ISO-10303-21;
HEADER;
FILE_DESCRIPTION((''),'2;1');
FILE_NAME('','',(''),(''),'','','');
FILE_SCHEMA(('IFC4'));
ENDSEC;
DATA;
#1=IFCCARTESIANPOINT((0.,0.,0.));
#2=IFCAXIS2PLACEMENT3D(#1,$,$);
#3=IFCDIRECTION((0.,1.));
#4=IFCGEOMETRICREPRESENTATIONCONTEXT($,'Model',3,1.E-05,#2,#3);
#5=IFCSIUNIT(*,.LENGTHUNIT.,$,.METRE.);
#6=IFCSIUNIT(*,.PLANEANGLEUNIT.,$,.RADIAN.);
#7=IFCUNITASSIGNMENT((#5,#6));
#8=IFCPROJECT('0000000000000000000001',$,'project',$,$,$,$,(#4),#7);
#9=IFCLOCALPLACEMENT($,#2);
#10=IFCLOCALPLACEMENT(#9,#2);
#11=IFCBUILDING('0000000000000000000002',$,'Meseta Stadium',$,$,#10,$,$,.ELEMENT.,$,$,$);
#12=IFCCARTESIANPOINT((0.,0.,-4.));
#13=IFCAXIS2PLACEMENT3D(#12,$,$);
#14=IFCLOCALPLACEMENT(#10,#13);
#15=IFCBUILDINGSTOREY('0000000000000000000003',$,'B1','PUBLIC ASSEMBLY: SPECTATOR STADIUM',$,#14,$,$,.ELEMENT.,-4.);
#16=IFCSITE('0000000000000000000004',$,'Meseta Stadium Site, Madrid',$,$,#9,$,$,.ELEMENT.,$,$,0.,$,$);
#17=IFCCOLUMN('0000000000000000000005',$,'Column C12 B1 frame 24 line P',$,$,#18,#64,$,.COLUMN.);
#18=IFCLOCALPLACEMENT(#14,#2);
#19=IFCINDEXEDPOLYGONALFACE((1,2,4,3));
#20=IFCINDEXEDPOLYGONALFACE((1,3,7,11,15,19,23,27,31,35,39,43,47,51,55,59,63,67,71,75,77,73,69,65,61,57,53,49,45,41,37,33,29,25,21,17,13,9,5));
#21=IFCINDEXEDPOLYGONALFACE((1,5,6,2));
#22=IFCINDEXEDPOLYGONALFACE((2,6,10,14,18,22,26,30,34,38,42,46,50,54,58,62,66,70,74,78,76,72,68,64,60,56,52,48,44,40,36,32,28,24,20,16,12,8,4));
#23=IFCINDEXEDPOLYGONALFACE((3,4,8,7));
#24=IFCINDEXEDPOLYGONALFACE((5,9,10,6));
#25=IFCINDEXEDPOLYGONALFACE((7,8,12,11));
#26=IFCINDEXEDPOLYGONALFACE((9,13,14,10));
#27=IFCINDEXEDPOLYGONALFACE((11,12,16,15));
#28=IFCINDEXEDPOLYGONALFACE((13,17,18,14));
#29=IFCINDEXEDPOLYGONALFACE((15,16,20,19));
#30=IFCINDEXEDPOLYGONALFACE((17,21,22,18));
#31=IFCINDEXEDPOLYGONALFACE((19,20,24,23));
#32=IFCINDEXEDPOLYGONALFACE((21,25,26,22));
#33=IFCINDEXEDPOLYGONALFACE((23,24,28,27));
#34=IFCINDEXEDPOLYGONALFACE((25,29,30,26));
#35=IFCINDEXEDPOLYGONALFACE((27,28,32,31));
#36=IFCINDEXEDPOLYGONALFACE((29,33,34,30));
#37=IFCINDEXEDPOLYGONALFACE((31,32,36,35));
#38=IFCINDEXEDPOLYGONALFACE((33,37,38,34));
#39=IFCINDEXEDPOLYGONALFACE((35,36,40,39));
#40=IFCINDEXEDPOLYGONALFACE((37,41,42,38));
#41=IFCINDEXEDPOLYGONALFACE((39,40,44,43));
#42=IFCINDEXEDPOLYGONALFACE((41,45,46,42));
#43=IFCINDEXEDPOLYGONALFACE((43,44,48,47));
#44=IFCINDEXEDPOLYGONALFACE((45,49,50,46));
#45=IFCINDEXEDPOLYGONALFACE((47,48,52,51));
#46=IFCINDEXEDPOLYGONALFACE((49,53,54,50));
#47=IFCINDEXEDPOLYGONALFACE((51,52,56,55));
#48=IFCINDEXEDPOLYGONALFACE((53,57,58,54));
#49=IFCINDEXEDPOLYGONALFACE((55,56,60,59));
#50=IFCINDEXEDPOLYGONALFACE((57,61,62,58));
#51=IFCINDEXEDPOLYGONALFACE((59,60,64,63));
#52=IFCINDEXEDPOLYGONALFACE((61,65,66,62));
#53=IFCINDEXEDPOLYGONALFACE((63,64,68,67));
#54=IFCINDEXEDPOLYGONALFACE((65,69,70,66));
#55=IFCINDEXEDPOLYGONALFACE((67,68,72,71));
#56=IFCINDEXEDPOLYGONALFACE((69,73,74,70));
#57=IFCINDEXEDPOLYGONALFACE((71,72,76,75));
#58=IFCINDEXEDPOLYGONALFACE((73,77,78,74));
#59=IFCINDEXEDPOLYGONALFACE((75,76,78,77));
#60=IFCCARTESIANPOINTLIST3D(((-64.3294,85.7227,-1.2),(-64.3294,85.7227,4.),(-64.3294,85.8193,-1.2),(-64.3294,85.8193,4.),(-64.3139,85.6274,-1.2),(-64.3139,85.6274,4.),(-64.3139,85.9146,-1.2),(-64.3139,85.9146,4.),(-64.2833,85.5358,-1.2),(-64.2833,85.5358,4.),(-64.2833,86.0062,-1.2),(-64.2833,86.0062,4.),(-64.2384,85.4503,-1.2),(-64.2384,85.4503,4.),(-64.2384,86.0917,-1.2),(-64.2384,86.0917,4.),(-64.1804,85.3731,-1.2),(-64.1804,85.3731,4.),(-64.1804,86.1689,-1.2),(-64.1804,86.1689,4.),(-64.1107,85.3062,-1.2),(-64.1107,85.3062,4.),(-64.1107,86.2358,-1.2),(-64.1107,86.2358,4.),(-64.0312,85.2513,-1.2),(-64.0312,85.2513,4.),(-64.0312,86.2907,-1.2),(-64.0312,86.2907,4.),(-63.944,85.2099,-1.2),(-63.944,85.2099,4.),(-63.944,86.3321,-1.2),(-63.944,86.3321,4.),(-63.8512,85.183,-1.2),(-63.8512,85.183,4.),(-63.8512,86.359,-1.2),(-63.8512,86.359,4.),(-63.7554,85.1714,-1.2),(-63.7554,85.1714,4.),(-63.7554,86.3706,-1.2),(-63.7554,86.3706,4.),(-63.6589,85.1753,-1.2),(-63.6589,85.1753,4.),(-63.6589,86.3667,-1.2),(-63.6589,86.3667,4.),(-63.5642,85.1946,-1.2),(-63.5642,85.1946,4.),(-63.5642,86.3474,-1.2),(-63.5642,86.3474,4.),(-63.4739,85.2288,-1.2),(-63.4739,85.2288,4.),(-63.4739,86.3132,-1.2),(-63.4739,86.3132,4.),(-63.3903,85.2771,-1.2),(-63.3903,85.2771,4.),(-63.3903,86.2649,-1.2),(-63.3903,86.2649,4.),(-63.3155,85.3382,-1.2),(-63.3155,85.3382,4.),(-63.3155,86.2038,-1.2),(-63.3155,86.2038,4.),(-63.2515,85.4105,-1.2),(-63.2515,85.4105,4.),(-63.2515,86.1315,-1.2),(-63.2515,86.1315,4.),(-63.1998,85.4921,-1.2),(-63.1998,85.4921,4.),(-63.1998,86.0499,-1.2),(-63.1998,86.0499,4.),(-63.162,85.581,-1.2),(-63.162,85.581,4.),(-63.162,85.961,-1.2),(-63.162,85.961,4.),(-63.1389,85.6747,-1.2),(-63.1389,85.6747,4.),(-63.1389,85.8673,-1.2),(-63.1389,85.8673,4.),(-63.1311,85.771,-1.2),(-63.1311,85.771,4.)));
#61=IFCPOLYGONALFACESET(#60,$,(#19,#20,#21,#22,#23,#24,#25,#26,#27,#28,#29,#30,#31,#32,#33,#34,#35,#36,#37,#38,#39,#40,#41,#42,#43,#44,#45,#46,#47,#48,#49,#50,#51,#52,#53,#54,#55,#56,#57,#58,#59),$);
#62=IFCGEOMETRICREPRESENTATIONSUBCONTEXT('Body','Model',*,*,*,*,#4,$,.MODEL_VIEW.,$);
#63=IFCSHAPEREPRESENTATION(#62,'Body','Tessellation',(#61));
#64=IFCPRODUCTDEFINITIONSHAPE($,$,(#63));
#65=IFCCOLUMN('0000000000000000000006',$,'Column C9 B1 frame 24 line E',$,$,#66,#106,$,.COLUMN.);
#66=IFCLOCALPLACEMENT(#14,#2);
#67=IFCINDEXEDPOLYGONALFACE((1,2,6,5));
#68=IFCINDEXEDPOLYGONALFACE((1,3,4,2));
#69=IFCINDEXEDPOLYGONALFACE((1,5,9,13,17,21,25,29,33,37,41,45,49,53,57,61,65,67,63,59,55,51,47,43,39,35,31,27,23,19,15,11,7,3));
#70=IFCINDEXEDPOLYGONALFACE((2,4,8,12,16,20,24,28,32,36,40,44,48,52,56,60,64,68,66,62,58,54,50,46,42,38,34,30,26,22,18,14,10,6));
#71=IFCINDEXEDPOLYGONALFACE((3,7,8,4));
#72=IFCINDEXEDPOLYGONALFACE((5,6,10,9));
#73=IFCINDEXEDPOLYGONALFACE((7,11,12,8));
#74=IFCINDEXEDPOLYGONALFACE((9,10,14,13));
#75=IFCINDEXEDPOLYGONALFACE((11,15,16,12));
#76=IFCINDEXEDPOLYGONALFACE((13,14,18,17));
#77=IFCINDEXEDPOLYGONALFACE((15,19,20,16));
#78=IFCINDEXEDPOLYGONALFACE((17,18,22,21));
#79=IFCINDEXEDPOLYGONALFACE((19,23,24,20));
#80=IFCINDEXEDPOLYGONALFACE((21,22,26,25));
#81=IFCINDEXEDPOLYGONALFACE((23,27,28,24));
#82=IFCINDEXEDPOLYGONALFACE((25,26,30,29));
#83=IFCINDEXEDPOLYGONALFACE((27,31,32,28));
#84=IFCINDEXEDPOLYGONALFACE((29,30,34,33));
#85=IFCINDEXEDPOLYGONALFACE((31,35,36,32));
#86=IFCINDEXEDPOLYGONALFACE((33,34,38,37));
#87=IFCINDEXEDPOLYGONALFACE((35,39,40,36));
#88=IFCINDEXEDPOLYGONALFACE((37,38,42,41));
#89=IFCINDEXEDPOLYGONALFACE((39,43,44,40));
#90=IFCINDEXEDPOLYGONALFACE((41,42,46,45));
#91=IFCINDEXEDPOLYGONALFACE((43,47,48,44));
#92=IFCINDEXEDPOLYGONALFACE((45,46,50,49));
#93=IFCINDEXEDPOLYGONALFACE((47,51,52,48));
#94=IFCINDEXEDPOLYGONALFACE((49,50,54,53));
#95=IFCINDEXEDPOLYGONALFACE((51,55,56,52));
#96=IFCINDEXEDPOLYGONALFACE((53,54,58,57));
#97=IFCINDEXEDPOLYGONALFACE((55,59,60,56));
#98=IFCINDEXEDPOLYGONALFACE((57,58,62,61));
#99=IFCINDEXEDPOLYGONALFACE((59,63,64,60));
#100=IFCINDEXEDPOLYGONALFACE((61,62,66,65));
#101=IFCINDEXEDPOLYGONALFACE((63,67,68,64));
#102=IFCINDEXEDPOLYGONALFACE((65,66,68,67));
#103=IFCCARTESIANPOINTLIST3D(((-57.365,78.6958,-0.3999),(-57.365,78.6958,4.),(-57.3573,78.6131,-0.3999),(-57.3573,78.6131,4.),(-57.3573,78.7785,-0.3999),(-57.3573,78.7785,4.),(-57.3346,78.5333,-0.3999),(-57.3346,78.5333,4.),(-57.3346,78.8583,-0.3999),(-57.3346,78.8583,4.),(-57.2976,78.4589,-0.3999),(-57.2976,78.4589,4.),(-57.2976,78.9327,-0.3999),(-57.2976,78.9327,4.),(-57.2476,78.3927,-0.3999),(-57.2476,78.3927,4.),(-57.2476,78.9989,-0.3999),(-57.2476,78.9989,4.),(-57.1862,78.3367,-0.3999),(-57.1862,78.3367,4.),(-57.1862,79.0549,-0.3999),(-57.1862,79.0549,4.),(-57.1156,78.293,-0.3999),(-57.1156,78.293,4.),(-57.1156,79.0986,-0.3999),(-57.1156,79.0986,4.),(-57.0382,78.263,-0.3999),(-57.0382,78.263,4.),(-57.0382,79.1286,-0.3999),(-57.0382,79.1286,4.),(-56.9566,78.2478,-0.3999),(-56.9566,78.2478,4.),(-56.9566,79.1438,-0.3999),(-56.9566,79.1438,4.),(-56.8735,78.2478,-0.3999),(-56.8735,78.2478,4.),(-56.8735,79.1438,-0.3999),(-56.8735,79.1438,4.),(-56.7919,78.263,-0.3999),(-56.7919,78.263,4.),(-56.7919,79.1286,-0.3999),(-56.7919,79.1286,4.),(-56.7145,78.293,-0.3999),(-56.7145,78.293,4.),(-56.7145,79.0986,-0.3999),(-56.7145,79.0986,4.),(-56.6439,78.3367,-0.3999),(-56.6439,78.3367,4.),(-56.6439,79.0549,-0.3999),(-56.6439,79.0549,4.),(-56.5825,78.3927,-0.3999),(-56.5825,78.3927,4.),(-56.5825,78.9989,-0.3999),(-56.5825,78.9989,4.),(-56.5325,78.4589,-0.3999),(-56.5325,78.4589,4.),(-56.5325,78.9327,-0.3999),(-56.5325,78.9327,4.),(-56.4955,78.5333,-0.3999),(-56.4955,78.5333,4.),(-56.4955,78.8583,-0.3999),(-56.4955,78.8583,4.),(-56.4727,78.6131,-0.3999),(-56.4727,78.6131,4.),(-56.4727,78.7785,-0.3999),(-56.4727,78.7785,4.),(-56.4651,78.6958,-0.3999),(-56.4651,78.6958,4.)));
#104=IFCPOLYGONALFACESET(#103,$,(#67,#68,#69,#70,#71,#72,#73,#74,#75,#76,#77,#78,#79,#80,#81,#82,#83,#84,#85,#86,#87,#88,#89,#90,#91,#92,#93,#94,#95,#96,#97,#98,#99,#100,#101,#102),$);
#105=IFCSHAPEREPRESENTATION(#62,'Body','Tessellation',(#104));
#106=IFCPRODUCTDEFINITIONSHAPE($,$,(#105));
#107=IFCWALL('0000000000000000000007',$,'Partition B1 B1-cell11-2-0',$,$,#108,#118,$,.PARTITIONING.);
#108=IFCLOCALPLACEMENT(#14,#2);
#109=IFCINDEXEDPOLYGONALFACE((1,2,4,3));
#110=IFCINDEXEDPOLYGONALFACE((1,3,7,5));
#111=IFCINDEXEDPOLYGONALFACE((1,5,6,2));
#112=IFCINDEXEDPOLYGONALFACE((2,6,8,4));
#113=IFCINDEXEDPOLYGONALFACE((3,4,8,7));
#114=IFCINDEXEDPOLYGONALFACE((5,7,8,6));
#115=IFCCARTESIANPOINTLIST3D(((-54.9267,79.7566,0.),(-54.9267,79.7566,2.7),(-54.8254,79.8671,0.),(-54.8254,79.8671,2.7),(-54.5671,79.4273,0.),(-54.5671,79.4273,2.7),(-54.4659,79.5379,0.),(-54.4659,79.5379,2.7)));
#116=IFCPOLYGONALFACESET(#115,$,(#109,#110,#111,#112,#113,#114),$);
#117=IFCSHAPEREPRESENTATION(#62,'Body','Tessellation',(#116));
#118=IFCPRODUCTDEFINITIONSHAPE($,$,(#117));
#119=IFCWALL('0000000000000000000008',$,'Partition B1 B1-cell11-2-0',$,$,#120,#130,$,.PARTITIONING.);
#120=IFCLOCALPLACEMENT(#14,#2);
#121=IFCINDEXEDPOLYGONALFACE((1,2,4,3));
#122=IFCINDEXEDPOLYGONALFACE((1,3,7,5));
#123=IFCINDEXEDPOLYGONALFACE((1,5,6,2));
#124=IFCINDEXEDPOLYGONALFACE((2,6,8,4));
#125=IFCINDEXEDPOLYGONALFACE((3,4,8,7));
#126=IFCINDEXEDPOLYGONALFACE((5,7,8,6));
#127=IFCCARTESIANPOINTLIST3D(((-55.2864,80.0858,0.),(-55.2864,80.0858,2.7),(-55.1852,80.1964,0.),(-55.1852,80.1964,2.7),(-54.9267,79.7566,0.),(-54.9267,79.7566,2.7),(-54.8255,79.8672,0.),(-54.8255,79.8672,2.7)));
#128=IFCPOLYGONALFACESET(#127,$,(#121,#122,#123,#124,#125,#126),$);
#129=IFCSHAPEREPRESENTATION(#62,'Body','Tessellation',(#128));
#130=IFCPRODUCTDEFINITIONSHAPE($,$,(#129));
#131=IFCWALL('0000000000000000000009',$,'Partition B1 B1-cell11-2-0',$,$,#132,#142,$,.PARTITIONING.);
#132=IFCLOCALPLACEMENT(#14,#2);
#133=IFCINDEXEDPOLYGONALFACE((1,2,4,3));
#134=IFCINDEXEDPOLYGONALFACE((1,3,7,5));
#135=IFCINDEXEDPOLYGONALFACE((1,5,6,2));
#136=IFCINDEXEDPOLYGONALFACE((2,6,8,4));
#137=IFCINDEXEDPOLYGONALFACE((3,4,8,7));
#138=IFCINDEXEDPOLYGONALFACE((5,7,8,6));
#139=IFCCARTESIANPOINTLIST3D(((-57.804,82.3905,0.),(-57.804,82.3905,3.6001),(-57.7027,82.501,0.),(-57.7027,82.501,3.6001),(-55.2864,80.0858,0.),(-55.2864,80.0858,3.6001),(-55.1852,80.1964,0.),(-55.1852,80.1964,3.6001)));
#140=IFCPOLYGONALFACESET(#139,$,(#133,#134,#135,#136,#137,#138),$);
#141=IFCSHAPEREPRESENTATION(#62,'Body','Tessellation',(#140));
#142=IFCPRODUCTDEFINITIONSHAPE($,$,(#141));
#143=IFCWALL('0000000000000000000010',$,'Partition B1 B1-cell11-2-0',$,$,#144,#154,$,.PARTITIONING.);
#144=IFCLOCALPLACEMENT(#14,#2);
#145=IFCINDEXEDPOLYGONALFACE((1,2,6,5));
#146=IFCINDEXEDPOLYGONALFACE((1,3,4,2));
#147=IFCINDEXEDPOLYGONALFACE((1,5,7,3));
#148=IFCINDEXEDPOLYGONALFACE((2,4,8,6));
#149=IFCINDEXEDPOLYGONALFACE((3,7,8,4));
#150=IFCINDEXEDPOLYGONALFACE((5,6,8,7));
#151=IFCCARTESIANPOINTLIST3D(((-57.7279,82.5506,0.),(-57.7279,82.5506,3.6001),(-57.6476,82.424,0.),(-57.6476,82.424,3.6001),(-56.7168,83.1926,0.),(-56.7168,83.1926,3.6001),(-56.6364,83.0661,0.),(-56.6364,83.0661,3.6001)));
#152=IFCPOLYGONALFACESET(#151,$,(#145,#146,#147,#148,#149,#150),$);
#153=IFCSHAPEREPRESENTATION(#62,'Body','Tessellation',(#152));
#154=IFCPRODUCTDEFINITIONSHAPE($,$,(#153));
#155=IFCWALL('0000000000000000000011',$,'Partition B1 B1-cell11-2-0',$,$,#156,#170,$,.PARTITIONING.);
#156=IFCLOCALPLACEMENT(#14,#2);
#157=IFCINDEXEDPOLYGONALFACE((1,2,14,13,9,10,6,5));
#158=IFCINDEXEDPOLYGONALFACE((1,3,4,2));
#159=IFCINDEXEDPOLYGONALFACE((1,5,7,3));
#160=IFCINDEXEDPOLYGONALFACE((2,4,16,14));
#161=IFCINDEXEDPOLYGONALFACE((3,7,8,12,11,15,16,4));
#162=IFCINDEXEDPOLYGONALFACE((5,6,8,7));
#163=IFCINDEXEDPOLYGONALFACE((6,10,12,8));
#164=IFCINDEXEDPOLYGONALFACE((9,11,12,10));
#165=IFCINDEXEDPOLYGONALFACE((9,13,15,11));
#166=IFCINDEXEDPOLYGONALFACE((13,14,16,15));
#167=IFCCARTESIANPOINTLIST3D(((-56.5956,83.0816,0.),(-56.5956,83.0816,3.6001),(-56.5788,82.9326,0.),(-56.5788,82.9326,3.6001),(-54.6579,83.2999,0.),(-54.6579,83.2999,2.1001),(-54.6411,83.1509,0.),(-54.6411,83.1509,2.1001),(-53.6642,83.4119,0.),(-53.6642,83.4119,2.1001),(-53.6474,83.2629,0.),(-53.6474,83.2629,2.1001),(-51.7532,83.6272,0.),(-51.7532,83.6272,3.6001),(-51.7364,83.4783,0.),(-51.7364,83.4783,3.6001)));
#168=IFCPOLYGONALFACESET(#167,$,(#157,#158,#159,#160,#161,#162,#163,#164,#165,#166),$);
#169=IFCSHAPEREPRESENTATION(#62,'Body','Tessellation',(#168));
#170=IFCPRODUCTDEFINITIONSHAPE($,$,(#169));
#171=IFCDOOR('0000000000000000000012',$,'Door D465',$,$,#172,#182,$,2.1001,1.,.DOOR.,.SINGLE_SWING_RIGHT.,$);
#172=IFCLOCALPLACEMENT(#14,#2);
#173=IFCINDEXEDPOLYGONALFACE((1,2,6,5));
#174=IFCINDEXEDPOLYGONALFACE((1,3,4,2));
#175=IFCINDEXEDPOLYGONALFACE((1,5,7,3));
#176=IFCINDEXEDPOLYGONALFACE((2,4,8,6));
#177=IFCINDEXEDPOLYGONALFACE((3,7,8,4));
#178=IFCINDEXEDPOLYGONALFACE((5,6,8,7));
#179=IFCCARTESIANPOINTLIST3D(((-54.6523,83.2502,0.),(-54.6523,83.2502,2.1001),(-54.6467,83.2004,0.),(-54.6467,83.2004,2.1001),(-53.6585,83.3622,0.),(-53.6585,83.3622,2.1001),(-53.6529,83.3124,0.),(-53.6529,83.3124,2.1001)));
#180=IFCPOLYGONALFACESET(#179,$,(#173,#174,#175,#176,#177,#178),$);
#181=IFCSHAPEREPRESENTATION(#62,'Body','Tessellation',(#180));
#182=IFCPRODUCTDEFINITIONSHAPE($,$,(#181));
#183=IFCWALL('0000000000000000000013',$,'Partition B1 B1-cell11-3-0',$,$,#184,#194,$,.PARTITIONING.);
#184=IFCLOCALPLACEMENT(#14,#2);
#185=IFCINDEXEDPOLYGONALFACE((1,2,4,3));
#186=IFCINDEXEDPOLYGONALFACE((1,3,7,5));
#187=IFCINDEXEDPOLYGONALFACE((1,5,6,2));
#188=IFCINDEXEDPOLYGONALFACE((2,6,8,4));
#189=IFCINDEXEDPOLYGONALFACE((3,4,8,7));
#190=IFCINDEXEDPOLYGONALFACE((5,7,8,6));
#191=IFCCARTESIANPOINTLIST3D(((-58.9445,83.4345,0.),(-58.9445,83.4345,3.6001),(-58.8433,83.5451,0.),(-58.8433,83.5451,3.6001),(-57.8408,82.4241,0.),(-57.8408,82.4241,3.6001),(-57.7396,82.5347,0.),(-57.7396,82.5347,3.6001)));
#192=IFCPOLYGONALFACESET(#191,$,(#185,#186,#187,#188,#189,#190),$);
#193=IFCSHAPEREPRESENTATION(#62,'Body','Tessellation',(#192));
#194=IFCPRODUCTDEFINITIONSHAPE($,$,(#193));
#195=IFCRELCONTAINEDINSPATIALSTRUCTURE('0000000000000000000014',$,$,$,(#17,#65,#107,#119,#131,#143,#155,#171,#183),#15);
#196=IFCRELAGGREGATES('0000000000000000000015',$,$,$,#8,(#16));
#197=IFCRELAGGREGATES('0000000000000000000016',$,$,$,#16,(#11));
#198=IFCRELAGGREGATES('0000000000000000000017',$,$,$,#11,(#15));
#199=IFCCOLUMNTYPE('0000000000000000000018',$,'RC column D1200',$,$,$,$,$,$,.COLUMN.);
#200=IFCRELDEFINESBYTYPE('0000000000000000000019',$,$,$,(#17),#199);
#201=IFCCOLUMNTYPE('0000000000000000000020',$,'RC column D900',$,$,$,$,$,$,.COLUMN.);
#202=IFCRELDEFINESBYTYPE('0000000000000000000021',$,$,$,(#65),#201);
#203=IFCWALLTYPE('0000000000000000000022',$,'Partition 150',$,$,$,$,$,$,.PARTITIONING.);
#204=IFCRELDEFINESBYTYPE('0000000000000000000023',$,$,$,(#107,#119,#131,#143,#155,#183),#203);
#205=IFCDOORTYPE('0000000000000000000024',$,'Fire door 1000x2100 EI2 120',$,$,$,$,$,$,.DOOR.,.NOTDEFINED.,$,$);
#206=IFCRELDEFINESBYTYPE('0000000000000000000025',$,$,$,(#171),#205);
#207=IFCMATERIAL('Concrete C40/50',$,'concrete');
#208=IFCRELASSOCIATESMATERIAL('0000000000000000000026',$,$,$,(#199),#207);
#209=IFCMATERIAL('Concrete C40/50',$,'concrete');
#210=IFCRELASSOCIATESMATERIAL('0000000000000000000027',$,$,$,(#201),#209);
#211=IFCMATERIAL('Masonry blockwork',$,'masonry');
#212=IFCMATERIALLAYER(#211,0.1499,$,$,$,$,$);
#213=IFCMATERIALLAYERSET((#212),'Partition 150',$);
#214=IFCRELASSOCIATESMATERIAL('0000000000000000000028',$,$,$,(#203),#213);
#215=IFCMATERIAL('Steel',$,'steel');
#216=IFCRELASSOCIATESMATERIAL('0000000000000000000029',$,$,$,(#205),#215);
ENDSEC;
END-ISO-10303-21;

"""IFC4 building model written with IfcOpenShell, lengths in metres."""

from ifc_helpers import new_model, si_unit, direction, frame, frame_2d, origin, origin_2d, place, context, subcontext, project, spatial, rectangle, circle, extrude, material, layer, layer_set, material_profile, profile_set, type_object, element, fill, save


model = new_model("IFC4")

# Units and contexts
model_context = context("Model", 3, precision=1e-05, world=origin(), true_north=direction((0.0, 1.0)))
body_context = subcontext(model_context, "Body", "Model", "MODEL_VIEW")
ifc_project = project(units=[si_unit("LENGTHUNIT", "METRE"), si_unit("PLANEANGLEUNIT", "RADIAN")], contexts=[model_context])

# Site, building, storey
site_placement = place(None, origin())
site = spatial("IfcSite", under=ifc_project, at=site_placement, Name="Meseta Stadium Site, Madrid", CompositionType="ELEMENT", RefElevation=0.0)
building_placement = place(site_placement, origin())
building = spatial("IfcBuilding", under=site, at=building_placement, Name="Meseta Stadium", CompositionType="ELEMENT")
storey_placement = place(building_placement, frame((0.0, 0.0, -4.0)))
storey = spatial("IfcBuildingStorey", under=building, at=storey_placement, Name="B1", Description="PUBLIC ASSEMBLY: SPECTATOR STADIUM", CompositionType="ELEMENT", Elevation=-4.0)

# Columns
ifc_material_1 = material(Name="Concrete C40/50", Category="concrete")
ifc_material_profile_1 = material_profile(ifc_material_1, circle(Radius=0.6001, at=origin_2d()), Name="RC D1200")
ifc_profile_set_1 = profile_set([ifc_material_profile_1], Name="Concrete C40/50")
column_type_1 = type_object("IfcColumnType", Name="RC column D1200", PredefinedType="COLUMN", material=ifc_profile_set_1)
column_1_placement = place(storey_placement, frame((-63.7312, 85.771, -1.2), z_axis=(0.0, 0.0, 1.0), x_axis=(1.0, 0.0, 0.0)))
element("IfcColumn", 1, at=column_1_placement, inside=storey, type_object=column_type_1, Name="Column C12 B1 frame 24 line P", PredefinedType="COLUMN", context=body_context, shape_type="SweptSolid", body=[
    extrude(circle(Radius=0.6001, at=origin_2d()), origin(), (0.0, 0.0, 1.0), 5.2),
])
ifc_material_2 = material(Name="Concrete C40/50", Category="concrete")
ifc_material_profile_2 = material_profile(ifc_material_2, circle(Radius=0.45, at=origin_2d()), Name="RC D900")
ifc_profile_set_2 = profile_set([ifc_material_profile_2], Name="Concrete C40/50")
column_type_2 = type_object("IfcColumnType", Name="RC column D900", PredefinedType="COLUMN", material=ifc_profile_set_2)
column_2_placement = place(storey_placement, frame((-56.915, 78.6958, -0.3999), z_axis=(0.0, 0.0, 1.0), x_axis=(1.0, 0.0, 0.0)))
element("IfcColumn", 2, at=column_2_placement, inside=storey, type_object=column_type_2, Name="Column C9 B1 frame 24 line E", PredefinedType="COLUMN", context=body_context, shape_type="SweptSolid", body=[
    extrude(circle(Radius=0.45, at=origin_2d()), origin(), (0.0, 0.0, 1.0), 4.3999),
])

# Walls
ifc_material_3 = material(Name="Masonry blockwork", Category="masonry")
ifc_layer = layer(ifc_material_3, 0.1499)
ifc_layer_set = layer_set([ifc_layer], Name="Partition 150")
wall_type = type_object("IfcWallType", Name="Partition 150", PredefinedType="PARTITIONING", material=ifc_layer_set)
for number, where, z_axis, x_axis, name in (
    (3, (-54.5166, 79.4827, 0.0), (0.0, 0.0, 1.0), (-0.737466, 0.675384, 0.0), "Partition B1 B1-cell11-2-0"),
    (4, (-54.8762, 79.812, 0.0), (0.0, 0.0, 1.0), (-0.737715, 0.675112, 0.0), "Partition B1 B1-cell11-2-0"),
):
    element("IfcWall", number, at=place(storey_placement, frame(where, z_axis=z_axis, x_axis=x_axis)), inside=storey, type_object=wall_type, Name=name, PredefinedType="PARTITIONING", context=body_context, shape_type="SweptSolid", body=[
        extrude(rectangle(XDim=0.4875, YDim=0.1499, at=frame_2d((0.2437, 0.0))), origin(), (0.0, 0.0, 1.0), 2.7),
    ])
wall_1_placement = place(storey_placement, frame((-55.2358, 80.1411, 0.0), z_axis=(0.0, 0.0, 1.0), x_axis=(-0.737605, 0.675232, 0.0)))
element("IfcWall", 5, at=wall_1_placement, inside=storey, type_object=wall_type, Name="Partition B1 B1-cell11-2-0", PredefinedType="PARTITIONING", context=body_context, shape_type="SweptSolid", body=[
    extrude(rectangle(XDim=3.4131, YDim=0.1499, at=frame_2d((1.7065, 0.0))), origin(), (0.0, 0.0, 1.0), 3.6001),
])
wall_2_placement = place(storey_placement, frame((-57.6877, 82.4873, 0.0), z_axis=(0.0, 0.0, 1.0), x_axis=(0.844198, 0.536031, 0.0)))
element("IfcWall", 6, at=wall_2_placement, inside=storey, type_object=wall_type, Name="Partition B1 B1-cell11-2-0", PredefinedType="PARTITIONING", context=body_context, shape_type="SweptSolid", body=[
    extrude(rectangle(XDim=1.1978, YDim=0.1499, at=frame_2d((0.5989, 0.0))), origin(), (0.0, 0.0, 1.0), 3.6001),
])

# Wall, opening, door
wall_3_placement = place(storey_placement, frame((-56.5872, 83.0071, 0.0), z_axis=(0.0, 0.0, 1.0), x_axis=(0.993711, 0.111977, 0.0)))
wall_3 = element("IfcWall", 7, at=wall_3_placement, inside=storey, type_object=wall_type, Name="Partition B1 B1-cell11-2-0", PredefinedType="PARTITIONING", context=body_context, shape_type="SweptSolid", body=[
    extrude(rectangle(XDim=4.873, YDim=0.1499, at=frame_2d((2.4365, 0.0))), origin(), (0.0, 0.0, 1.0), 3.6001),
])
opening_placement = place(wall_3_placement, frame((1.95, 0.0, 0.0)))
opening = element("IfcOpeningElement", 8, at=opening_placement, cuts=wall_3, PredefinedType="OPENING", context=body_context, shape_type="SweptSolid", body=[
    extrude(rectangle(XDim=1.0, YDim=2.1001, at=frame_2d((0.5, 1.05))), frame((0.0, 0.085, 0.0), z_axis=(0.0, -1.0, 0.0), x_axis=(1.0, 0.0, 0.0)), (0.0, 0.0, 1.0), 0.1699),
])
ifc_material_4 = material(Name="Steel", Category="steel")
door_type = type_object("IfcDoorType", Name="Fire door 1000x2100 EI2 120", OperationType="NOTDEFINED", PredefinedType="DOOR", material=ifc_material_4)
door_placement = place(opening_placement, origin())
door = element("IfcDoor", 9, at=door_placement, inside=storey, type_object=door_type, Name="Door D465", OperationType="SINGLE_SWING_RIGHT", OverallHeight=2.1001, OverallWidth=1.0, PredefinedType="DOOR", context=body_context, shape_type="SweptSolid", body=[
    extrude(rectangle(XDim=1.0, YDim=2.1001, at=frame_2d((0.5, 1.05))), frame((0.0, 0.0249, 0.0), z_axis=(0.0, -1.0, 0.0), x_axis=(1.0, 0.0, 0.0)), (0.0, 0.0, 1.0), 0.05),
])
fill(opening, door)

# Wall
wall_4_placement = place(storey_placement, frame((-57.7903, 82.4795, 0.0), z_axis=(0.0, 0.0, 1.0), x_axis=(-0.737581, 0.675259, 0.0)))
element("IfcWall", 10, at=wall_4_placement, inside=storey, type_object=wall_type, Name="Partition B1 B1-cell11-3-0", PredefinedType="PARTITIONING", context=body_context, shape_type="SweptSolid", body=[
    extrude(rectangle(XDim=1.4963, YDim=0.1499, at=frame_2d((0.748, 0.0))), origin(), (0.0, 0.0, 1.0), 3.6001),
])

save(model, "model.ifc")
